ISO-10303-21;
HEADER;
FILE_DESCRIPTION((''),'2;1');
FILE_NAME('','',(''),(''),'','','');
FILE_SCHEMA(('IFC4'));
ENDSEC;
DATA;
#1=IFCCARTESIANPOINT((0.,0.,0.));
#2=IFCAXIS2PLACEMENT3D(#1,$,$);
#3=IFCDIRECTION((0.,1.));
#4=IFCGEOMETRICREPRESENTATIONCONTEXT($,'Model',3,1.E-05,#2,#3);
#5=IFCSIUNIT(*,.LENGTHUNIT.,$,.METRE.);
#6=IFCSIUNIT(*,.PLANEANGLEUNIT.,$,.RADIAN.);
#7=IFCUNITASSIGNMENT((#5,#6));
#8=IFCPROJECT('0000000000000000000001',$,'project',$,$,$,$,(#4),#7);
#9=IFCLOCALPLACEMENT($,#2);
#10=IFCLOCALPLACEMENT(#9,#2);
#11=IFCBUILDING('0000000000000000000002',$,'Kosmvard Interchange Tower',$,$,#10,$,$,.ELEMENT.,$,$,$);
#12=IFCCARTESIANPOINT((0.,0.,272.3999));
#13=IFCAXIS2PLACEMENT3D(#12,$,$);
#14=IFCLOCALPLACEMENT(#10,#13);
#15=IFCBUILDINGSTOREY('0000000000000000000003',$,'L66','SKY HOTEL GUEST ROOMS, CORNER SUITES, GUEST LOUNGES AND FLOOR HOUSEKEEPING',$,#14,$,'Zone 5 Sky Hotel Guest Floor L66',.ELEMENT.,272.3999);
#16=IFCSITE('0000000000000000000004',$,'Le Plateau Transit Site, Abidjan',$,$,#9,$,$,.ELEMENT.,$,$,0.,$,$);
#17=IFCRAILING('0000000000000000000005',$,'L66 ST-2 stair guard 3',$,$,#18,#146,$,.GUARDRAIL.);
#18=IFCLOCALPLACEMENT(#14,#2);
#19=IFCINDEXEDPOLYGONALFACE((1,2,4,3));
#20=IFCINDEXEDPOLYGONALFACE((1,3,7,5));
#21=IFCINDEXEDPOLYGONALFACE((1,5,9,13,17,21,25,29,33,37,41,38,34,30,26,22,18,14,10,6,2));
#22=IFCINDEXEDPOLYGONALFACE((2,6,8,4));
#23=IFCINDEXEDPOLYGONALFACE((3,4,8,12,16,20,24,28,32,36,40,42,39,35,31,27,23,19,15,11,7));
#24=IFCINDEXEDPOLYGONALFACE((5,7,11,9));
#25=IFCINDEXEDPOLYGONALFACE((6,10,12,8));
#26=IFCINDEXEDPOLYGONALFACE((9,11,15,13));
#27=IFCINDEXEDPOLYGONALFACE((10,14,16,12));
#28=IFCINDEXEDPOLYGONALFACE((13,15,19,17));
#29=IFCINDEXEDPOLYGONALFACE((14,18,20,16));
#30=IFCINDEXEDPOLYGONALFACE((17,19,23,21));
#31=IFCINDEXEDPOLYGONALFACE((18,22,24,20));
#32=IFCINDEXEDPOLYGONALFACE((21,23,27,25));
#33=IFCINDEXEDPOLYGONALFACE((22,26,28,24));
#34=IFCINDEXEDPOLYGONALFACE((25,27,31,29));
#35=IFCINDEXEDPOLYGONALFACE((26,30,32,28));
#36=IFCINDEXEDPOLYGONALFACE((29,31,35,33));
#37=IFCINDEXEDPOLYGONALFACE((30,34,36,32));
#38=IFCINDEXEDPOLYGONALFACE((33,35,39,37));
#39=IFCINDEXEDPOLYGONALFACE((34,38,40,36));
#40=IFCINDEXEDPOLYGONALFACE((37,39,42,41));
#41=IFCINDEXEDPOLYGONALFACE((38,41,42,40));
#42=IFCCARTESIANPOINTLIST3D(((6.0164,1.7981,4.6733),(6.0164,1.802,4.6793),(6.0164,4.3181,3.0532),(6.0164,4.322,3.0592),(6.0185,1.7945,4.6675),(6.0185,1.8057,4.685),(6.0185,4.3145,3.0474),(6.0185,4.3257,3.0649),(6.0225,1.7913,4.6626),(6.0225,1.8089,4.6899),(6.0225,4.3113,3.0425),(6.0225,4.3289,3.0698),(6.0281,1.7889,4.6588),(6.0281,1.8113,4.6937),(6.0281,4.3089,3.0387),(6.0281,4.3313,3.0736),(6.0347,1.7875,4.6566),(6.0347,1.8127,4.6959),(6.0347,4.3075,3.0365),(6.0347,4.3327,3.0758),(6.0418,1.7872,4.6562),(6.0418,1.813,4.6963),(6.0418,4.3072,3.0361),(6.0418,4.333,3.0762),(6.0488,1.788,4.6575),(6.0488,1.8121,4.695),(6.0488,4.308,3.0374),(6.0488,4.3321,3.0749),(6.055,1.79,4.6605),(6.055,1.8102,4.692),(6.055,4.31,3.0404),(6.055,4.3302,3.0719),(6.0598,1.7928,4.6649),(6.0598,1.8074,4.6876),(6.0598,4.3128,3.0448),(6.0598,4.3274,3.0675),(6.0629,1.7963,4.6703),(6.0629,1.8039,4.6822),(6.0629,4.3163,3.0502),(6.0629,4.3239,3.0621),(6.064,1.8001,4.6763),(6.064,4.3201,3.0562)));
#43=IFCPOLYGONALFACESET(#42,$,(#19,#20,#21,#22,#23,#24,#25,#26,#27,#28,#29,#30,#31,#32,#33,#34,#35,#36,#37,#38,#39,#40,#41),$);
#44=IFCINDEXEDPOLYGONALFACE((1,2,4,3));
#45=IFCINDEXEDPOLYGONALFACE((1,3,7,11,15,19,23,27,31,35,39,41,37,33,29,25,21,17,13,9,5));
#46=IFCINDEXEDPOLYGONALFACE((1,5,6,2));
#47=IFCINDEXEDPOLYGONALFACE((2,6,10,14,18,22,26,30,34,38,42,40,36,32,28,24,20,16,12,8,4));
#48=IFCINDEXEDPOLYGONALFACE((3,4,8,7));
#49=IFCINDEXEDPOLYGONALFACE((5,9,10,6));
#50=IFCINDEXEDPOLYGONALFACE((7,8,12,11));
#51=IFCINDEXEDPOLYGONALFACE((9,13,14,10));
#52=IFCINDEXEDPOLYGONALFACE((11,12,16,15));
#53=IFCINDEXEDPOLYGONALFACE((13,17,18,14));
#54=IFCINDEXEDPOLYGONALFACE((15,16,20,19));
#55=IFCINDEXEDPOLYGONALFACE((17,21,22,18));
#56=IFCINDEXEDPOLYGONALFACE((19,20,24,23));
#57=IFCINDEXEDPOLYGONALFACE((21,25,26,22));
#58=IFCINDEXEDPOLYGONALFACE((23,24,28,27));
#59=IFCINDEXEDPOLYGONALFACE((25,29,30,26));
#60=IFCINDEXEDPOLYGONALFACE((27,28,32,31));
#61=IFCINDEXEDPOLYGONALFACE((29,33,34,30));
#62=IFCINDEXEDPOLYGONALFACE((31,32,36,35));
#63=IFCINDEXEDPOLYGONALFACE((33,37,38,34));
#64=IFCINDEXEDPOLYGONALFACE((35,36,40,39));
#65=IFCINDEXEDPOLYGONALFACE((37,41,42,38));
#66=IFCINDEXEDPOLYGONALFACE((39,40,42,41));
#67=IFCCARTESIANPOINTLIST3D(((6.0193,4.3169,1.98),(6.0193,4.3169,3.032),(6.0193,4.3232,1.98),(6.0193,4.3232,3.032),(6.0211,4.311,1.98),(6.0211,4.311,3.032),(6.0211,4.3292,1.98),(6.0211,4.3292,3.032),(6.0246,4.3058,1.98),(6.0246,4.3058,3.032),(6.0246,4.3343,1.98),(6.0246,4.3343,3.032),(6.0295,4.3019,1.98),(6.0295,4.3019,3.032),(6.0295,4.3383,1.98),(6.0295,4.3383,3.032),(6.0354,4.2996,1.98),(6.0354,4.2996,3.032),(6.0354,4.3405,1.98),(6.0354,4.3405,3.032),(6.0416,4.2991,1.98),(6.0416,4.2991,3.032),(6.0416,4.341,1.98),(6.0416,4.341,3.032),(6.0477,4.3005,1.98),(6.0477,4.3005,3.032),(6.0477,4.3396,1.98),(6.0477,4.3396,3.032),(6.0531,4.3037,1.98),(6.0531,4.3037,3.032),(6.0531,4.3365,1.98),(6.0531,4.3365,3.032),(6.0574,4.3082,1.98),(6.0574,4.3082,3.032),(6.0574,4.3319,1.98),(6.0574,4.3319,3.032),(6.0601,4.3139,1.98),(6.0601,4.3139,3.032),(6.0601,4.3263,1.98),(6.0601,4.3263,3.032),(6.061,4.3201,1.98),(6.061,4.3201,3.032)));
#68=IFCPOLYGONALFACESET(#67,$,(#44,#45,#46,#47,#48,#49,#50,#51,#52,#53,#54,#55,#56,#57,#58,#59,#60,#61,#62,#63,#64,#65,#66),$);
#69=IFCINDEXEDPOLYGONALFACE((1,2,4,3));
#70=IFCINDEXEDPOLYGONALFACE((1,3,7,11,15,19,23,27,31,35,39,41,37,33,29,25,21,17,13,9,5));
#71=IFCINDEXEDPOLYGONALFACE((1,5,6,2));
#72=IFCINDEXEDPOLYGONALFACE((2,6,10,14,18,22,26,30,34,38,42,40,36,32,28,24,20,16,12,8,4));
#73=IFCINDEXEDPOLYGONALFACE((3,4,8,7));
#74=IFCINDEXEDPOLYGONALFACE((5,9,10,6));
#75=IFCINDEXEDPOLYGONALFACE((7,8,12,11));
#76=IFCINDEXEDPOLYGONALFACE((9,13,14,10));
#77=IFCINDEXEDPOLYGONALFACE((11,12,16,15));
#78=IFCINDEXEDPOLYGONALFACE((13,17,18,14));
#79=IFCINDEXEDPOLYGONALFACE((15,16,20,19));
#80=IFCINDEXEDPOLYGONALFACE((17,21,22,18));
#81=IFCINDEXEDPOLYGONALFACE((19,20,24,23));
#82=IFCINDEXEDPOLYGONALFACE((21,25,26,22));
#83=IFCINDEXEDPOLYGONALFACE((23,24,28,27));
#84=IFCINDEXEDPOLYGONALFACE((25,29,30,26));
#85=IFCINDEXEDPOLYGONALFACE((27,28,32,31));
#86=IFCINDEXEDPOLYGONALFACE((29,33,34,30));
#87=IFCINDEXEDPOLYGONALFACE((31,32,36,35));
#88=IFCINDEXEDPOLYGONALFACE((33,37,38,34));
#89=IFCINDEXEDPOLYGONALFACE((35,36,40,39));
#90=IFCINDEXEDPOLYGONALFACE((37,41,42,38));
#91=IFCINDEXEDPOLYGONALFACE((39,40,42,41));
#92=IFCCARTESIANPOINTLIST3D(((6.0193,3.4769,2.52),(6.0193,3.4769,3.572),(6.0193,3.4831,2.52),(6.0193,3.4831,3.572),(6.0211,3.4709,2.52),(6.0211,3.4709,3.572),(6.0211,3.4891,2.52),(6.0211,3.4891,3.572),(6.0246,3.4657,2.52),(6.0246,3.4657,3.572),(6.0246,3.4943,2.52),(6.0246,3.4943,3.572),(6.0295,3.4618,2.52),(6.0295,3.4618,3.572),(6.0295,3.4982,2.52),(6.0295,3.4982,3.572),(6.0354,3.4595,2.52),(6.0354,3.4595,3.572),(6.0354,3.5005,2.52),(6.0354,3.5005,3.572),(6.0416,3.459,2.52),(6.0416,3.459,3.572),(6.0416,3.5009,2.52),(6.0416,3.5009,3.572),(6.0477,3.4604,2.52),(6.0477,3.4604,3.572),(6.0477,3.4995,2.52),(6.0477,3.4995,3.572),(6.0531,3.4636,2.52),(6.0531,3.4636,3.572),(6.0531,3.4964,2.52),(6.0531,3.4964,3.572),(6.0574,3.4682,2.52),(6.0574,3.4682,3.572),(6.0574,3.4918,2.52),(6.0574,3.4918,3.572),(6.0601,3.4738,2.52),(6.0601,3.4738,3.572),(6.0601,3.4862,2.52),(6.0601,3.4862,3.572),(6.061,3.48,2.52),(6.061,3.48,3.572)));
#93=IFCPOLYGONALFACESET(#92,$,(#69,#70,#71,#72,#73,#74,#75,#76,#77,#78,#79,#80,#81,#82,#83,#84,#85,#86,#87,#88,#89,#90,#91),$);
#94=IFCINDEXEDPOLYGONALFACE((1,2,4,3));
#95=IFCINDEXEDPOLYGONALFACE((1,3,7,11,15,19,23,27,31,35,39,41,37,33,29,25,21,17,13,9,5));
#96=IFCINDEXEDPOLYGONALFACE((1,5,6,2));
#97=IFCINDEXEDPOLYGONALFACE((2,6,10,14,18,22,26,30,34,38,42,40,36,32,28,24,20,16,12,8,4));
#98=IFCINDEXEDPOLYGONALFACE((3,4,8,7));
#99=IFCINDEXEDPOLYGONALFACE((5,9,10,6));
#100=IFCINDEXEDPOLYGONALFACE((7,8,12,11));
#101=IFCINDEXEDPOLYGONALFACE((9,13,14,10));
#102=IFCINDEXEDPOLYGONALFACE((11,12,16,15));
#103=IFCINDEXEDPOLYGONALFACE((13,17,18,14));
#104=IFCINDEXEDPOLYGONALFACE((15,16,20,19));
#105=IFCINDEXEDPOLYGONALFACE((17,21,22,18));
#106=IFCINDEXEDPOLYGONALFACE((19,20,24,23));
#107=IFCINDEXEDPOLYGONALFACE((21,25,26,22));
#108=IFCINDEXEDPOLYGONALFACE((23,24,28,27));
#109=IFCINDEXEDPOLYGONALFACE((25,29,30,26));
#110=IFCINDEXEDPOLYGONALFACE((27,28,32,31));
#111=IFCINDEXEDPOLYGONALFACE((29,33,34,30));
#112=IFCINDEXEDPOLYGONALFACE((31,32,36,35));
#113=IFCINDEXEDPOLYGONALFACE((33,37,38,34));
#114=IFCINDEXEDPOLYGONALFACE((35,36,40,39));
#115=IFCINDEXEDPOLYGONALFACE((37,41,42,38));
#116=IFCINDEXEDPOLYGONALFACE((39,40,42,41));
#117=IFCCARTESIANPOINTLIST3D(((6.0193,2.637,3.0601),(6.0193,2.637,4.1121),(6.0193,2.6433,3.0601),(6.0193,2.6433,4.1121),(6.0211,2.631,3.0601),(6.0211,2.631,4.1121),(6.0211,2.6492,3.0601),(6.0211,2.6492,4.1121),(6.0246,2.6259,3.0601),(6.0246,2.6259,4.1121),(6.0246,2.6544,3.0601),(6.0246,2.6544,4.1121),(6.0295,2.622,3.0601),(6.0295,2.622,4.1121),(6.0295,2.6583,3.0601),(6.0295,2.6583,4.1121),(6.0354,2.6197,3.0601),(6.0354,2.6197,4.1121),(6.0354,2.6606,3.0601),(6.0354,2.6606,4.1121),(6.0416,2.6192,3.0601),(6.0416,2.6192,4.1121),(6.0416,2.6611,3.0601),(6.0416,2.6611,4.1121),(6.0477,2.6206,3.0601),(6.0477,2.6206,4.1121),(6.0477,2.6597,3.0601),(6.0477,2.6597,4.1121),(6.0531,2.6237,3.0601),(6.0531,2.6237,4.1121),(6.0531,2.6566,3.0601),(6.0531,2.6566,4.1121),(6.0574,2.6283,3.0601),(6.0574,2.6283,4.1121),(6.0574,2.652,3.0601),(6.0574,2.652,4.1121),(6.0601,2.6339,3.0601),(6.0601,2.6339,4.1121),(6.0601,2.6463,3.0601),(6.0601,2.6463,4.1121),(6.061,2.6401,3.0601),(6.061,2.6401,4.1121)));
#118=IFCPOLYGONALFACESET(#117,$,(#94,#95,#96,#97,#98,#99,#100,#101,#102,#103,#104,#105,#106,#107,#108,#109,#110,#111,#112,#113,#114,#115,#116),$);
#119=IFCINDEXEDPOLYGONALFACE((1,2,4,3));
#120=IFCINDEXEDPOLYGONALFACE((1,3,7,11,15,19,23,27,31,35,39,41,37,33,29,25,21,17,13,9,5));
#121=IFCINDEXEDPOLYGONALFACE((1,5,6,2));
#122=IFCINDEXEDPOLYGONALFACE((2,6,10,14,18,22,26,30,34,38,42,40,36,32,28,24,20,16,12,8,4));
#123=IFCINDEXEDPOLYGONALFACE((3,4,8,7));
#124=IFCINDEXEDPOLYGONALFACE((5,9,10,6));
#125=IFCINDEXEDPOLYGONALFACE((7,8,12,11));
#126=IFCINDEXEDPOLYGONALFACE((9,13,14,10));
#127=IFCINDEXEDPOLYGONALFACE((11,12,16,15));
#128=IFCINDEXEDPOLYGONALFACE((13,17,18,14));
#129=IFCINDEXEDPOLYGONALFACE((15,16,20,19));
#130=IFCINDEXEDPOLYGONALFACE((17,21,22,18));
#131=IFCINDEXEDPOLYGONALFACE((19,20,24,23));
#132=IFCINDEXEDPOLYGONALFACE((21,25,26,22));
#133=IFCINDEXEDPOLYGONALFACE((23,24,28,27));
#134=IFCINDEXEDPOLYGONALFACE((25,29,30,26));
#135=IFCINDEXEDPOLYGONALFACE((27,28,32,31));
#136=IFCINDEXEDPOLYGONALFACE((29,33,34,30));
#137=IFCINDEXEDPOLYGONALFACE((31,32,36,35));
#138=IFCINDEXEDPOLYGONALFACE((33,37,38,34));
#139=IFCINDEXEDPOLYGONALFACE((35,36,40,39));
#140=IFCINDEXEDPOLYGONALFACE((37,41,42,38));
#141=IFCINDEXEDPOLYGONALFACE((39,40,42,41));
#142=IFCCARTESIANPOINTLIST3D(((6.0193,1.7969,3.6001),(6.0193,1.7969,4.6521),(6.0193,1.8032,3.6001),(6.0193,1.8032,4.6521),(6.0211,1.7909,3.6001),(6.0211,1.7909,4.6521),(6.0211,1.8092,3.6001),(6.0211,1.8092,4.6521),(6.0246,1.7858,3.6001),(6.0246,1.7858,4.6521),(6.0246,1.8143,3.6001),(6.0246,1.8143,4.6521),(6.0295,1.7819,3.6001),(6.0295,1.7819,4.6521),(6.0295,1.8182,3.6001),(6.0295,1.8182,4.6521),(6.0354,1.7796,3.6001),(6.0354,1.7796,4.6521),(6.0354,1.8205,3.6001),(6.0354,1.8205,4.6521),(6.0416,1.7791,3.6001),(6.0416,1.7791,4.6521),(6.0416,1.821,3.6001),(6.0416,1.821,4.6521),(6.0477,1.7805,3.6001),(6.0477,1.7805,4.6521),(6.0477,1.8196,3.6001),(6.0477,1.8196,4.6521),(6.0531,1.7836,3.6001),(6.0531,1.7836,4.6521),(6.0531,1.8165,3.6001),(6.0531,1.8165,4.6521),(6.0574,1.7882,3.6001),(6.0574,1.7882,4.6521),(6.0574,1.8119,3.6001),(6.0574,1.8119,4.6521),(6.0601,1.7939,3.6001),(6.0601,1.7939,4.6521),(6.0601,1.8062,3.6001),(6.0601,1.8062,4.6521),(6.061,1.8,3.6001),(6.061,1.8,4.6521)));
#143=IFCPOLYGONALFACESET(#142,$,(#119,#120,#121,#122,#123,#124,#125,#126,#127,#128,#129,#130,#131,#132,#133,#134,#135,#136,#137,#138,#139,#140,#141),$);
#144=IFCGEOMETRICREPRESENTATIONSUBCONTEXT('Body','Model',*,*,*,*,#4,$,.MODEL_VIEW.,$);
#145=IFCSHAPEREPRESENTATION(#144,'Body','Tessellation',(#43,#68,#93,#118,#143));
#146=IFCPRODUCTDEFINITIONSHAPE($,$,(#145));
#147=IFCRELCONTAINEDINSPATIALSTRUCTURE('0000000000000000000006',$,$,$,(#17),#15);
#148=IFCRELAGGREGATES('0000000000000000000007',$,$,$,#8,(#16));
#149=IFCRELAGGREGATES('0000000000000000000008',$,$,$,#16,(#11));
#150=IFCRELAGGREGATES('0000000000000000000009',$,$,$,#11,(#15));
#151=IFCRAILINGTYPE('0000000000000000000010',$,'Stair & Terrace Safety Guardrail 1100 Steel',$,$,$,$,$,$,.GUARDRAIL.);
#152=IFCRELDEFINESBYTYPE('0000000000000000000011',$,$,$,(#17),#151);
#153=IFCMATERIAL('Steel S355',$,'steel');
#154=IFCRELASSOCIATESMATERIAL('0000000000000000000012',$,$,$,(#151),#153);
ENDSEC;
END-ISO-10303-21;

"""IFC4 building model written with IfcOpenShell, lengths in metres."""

from ifc_helpers import new_model, si_unit, direction, frame, origin, origin_2d, place, context, subcontext, project, spatial, circle, extrude, source, transform, mapped, material, type_object, element, save


model = new_model("IFC4")

# Units and contexts
model_context = context("Model", 3, precision=1e-05, world=origin(), true_north=direction((0.0, 1.0)))
body_context = subcontext(model_context, "Body", "Model", "MODEL_VIEW")
ifc_project = project(units=[si_unit("LENGTHUNIT", "METRE"), si_unit("PLANEANGLEUNIT", "RADIAN")], contexts=[model_context])

# Site, building, storey
site_placement = place(None, origin())
site = spatial("IfcSite", under=ifc_project, at=site_placement, Name="Le Plateau Transit Site, Abidjan", CompositionType="ELEMENT", RefElevation=0.0)
building_placement = place(site_placement, origin())
building = spatial("IfcBuilding", under=site, at=building_placement, Name="Kosmvard Interchange Tower", CompositionType="ELEMENT")
storey_placement = place(building_placement, frame((0.0, 0.0, 272.3999)))
storey = spatial("IfcBuildingStorey", under=building, at=storey_placement, Name="L66", Description="SKY HOTEL GUEST ROOMS, CORNER SUITES, GUEST LOUNGES AND FLOOR HOUSEKEEPING", LongName="Zone 5 Sky Hotel Guest Floor L66", CompositionType="ELEMENT", Elevation=272.3999)

# Shared definitions
ifc_material_1 = material(Name="Steel S355", Category="steel")

# Railing
railing_type_1 = type_object("IfcRailingType", Name="Stair & Terrace Safety Guardrail 1100 Steel", PredefinedType="GUARDRAIL", material=ifc_material_1)
shared_shape_1 = source(origin(), body_context, "Body", "SweptSolid", [
    extrude(circle(Radius=0.0239, at=origin_2d()), frame((0.0, 0.0, 1.0762), z_axis=(0.0, -0.841163, 0.540782), x_axis=(1.0, 0.0, 0.0)), (0.0, 0.0, 1.0), 2.9958),
    extrude(circle(Radius=0.021, at=origin_2d()), origin(), (0.0, 0.0, 1.0), 1.052),
    extrude(circle(Radius=0.021, at=origin_2d()), frame((0.0, -0.8401, 0.54)), (0.0, 0.0, 1.0), 1.052),
    extrude(circle(Radius=0.021, at=origin_2d()), frame((0.0, -1.6799, 1.0801)), (0.0, 0.0, 1.0), 1.052),
    extrude(circle(Radius=0.021, at=origin_2d()), frame((0.0, -2.52, 1.6201)), (0.0, 0.0, 1.0), 1.052),
])
railing_1_placement = place(storey_placement, frame((6.04, 4.3201, 1.98)))
element("IfcRailing", 1, at=railing_1_placement, inside=storey, type_object=railing_type_1, Name="L66 ST-2 stair guard 3", PredefinedType="GUARDRAIL", context=body_context, shape_type="MappedRepresentation", body=[
    mapped(shared_shape_1, transform((0.0, 0.0, 0.0), scale=1.0)),
])

save(model, "model.ifc")
